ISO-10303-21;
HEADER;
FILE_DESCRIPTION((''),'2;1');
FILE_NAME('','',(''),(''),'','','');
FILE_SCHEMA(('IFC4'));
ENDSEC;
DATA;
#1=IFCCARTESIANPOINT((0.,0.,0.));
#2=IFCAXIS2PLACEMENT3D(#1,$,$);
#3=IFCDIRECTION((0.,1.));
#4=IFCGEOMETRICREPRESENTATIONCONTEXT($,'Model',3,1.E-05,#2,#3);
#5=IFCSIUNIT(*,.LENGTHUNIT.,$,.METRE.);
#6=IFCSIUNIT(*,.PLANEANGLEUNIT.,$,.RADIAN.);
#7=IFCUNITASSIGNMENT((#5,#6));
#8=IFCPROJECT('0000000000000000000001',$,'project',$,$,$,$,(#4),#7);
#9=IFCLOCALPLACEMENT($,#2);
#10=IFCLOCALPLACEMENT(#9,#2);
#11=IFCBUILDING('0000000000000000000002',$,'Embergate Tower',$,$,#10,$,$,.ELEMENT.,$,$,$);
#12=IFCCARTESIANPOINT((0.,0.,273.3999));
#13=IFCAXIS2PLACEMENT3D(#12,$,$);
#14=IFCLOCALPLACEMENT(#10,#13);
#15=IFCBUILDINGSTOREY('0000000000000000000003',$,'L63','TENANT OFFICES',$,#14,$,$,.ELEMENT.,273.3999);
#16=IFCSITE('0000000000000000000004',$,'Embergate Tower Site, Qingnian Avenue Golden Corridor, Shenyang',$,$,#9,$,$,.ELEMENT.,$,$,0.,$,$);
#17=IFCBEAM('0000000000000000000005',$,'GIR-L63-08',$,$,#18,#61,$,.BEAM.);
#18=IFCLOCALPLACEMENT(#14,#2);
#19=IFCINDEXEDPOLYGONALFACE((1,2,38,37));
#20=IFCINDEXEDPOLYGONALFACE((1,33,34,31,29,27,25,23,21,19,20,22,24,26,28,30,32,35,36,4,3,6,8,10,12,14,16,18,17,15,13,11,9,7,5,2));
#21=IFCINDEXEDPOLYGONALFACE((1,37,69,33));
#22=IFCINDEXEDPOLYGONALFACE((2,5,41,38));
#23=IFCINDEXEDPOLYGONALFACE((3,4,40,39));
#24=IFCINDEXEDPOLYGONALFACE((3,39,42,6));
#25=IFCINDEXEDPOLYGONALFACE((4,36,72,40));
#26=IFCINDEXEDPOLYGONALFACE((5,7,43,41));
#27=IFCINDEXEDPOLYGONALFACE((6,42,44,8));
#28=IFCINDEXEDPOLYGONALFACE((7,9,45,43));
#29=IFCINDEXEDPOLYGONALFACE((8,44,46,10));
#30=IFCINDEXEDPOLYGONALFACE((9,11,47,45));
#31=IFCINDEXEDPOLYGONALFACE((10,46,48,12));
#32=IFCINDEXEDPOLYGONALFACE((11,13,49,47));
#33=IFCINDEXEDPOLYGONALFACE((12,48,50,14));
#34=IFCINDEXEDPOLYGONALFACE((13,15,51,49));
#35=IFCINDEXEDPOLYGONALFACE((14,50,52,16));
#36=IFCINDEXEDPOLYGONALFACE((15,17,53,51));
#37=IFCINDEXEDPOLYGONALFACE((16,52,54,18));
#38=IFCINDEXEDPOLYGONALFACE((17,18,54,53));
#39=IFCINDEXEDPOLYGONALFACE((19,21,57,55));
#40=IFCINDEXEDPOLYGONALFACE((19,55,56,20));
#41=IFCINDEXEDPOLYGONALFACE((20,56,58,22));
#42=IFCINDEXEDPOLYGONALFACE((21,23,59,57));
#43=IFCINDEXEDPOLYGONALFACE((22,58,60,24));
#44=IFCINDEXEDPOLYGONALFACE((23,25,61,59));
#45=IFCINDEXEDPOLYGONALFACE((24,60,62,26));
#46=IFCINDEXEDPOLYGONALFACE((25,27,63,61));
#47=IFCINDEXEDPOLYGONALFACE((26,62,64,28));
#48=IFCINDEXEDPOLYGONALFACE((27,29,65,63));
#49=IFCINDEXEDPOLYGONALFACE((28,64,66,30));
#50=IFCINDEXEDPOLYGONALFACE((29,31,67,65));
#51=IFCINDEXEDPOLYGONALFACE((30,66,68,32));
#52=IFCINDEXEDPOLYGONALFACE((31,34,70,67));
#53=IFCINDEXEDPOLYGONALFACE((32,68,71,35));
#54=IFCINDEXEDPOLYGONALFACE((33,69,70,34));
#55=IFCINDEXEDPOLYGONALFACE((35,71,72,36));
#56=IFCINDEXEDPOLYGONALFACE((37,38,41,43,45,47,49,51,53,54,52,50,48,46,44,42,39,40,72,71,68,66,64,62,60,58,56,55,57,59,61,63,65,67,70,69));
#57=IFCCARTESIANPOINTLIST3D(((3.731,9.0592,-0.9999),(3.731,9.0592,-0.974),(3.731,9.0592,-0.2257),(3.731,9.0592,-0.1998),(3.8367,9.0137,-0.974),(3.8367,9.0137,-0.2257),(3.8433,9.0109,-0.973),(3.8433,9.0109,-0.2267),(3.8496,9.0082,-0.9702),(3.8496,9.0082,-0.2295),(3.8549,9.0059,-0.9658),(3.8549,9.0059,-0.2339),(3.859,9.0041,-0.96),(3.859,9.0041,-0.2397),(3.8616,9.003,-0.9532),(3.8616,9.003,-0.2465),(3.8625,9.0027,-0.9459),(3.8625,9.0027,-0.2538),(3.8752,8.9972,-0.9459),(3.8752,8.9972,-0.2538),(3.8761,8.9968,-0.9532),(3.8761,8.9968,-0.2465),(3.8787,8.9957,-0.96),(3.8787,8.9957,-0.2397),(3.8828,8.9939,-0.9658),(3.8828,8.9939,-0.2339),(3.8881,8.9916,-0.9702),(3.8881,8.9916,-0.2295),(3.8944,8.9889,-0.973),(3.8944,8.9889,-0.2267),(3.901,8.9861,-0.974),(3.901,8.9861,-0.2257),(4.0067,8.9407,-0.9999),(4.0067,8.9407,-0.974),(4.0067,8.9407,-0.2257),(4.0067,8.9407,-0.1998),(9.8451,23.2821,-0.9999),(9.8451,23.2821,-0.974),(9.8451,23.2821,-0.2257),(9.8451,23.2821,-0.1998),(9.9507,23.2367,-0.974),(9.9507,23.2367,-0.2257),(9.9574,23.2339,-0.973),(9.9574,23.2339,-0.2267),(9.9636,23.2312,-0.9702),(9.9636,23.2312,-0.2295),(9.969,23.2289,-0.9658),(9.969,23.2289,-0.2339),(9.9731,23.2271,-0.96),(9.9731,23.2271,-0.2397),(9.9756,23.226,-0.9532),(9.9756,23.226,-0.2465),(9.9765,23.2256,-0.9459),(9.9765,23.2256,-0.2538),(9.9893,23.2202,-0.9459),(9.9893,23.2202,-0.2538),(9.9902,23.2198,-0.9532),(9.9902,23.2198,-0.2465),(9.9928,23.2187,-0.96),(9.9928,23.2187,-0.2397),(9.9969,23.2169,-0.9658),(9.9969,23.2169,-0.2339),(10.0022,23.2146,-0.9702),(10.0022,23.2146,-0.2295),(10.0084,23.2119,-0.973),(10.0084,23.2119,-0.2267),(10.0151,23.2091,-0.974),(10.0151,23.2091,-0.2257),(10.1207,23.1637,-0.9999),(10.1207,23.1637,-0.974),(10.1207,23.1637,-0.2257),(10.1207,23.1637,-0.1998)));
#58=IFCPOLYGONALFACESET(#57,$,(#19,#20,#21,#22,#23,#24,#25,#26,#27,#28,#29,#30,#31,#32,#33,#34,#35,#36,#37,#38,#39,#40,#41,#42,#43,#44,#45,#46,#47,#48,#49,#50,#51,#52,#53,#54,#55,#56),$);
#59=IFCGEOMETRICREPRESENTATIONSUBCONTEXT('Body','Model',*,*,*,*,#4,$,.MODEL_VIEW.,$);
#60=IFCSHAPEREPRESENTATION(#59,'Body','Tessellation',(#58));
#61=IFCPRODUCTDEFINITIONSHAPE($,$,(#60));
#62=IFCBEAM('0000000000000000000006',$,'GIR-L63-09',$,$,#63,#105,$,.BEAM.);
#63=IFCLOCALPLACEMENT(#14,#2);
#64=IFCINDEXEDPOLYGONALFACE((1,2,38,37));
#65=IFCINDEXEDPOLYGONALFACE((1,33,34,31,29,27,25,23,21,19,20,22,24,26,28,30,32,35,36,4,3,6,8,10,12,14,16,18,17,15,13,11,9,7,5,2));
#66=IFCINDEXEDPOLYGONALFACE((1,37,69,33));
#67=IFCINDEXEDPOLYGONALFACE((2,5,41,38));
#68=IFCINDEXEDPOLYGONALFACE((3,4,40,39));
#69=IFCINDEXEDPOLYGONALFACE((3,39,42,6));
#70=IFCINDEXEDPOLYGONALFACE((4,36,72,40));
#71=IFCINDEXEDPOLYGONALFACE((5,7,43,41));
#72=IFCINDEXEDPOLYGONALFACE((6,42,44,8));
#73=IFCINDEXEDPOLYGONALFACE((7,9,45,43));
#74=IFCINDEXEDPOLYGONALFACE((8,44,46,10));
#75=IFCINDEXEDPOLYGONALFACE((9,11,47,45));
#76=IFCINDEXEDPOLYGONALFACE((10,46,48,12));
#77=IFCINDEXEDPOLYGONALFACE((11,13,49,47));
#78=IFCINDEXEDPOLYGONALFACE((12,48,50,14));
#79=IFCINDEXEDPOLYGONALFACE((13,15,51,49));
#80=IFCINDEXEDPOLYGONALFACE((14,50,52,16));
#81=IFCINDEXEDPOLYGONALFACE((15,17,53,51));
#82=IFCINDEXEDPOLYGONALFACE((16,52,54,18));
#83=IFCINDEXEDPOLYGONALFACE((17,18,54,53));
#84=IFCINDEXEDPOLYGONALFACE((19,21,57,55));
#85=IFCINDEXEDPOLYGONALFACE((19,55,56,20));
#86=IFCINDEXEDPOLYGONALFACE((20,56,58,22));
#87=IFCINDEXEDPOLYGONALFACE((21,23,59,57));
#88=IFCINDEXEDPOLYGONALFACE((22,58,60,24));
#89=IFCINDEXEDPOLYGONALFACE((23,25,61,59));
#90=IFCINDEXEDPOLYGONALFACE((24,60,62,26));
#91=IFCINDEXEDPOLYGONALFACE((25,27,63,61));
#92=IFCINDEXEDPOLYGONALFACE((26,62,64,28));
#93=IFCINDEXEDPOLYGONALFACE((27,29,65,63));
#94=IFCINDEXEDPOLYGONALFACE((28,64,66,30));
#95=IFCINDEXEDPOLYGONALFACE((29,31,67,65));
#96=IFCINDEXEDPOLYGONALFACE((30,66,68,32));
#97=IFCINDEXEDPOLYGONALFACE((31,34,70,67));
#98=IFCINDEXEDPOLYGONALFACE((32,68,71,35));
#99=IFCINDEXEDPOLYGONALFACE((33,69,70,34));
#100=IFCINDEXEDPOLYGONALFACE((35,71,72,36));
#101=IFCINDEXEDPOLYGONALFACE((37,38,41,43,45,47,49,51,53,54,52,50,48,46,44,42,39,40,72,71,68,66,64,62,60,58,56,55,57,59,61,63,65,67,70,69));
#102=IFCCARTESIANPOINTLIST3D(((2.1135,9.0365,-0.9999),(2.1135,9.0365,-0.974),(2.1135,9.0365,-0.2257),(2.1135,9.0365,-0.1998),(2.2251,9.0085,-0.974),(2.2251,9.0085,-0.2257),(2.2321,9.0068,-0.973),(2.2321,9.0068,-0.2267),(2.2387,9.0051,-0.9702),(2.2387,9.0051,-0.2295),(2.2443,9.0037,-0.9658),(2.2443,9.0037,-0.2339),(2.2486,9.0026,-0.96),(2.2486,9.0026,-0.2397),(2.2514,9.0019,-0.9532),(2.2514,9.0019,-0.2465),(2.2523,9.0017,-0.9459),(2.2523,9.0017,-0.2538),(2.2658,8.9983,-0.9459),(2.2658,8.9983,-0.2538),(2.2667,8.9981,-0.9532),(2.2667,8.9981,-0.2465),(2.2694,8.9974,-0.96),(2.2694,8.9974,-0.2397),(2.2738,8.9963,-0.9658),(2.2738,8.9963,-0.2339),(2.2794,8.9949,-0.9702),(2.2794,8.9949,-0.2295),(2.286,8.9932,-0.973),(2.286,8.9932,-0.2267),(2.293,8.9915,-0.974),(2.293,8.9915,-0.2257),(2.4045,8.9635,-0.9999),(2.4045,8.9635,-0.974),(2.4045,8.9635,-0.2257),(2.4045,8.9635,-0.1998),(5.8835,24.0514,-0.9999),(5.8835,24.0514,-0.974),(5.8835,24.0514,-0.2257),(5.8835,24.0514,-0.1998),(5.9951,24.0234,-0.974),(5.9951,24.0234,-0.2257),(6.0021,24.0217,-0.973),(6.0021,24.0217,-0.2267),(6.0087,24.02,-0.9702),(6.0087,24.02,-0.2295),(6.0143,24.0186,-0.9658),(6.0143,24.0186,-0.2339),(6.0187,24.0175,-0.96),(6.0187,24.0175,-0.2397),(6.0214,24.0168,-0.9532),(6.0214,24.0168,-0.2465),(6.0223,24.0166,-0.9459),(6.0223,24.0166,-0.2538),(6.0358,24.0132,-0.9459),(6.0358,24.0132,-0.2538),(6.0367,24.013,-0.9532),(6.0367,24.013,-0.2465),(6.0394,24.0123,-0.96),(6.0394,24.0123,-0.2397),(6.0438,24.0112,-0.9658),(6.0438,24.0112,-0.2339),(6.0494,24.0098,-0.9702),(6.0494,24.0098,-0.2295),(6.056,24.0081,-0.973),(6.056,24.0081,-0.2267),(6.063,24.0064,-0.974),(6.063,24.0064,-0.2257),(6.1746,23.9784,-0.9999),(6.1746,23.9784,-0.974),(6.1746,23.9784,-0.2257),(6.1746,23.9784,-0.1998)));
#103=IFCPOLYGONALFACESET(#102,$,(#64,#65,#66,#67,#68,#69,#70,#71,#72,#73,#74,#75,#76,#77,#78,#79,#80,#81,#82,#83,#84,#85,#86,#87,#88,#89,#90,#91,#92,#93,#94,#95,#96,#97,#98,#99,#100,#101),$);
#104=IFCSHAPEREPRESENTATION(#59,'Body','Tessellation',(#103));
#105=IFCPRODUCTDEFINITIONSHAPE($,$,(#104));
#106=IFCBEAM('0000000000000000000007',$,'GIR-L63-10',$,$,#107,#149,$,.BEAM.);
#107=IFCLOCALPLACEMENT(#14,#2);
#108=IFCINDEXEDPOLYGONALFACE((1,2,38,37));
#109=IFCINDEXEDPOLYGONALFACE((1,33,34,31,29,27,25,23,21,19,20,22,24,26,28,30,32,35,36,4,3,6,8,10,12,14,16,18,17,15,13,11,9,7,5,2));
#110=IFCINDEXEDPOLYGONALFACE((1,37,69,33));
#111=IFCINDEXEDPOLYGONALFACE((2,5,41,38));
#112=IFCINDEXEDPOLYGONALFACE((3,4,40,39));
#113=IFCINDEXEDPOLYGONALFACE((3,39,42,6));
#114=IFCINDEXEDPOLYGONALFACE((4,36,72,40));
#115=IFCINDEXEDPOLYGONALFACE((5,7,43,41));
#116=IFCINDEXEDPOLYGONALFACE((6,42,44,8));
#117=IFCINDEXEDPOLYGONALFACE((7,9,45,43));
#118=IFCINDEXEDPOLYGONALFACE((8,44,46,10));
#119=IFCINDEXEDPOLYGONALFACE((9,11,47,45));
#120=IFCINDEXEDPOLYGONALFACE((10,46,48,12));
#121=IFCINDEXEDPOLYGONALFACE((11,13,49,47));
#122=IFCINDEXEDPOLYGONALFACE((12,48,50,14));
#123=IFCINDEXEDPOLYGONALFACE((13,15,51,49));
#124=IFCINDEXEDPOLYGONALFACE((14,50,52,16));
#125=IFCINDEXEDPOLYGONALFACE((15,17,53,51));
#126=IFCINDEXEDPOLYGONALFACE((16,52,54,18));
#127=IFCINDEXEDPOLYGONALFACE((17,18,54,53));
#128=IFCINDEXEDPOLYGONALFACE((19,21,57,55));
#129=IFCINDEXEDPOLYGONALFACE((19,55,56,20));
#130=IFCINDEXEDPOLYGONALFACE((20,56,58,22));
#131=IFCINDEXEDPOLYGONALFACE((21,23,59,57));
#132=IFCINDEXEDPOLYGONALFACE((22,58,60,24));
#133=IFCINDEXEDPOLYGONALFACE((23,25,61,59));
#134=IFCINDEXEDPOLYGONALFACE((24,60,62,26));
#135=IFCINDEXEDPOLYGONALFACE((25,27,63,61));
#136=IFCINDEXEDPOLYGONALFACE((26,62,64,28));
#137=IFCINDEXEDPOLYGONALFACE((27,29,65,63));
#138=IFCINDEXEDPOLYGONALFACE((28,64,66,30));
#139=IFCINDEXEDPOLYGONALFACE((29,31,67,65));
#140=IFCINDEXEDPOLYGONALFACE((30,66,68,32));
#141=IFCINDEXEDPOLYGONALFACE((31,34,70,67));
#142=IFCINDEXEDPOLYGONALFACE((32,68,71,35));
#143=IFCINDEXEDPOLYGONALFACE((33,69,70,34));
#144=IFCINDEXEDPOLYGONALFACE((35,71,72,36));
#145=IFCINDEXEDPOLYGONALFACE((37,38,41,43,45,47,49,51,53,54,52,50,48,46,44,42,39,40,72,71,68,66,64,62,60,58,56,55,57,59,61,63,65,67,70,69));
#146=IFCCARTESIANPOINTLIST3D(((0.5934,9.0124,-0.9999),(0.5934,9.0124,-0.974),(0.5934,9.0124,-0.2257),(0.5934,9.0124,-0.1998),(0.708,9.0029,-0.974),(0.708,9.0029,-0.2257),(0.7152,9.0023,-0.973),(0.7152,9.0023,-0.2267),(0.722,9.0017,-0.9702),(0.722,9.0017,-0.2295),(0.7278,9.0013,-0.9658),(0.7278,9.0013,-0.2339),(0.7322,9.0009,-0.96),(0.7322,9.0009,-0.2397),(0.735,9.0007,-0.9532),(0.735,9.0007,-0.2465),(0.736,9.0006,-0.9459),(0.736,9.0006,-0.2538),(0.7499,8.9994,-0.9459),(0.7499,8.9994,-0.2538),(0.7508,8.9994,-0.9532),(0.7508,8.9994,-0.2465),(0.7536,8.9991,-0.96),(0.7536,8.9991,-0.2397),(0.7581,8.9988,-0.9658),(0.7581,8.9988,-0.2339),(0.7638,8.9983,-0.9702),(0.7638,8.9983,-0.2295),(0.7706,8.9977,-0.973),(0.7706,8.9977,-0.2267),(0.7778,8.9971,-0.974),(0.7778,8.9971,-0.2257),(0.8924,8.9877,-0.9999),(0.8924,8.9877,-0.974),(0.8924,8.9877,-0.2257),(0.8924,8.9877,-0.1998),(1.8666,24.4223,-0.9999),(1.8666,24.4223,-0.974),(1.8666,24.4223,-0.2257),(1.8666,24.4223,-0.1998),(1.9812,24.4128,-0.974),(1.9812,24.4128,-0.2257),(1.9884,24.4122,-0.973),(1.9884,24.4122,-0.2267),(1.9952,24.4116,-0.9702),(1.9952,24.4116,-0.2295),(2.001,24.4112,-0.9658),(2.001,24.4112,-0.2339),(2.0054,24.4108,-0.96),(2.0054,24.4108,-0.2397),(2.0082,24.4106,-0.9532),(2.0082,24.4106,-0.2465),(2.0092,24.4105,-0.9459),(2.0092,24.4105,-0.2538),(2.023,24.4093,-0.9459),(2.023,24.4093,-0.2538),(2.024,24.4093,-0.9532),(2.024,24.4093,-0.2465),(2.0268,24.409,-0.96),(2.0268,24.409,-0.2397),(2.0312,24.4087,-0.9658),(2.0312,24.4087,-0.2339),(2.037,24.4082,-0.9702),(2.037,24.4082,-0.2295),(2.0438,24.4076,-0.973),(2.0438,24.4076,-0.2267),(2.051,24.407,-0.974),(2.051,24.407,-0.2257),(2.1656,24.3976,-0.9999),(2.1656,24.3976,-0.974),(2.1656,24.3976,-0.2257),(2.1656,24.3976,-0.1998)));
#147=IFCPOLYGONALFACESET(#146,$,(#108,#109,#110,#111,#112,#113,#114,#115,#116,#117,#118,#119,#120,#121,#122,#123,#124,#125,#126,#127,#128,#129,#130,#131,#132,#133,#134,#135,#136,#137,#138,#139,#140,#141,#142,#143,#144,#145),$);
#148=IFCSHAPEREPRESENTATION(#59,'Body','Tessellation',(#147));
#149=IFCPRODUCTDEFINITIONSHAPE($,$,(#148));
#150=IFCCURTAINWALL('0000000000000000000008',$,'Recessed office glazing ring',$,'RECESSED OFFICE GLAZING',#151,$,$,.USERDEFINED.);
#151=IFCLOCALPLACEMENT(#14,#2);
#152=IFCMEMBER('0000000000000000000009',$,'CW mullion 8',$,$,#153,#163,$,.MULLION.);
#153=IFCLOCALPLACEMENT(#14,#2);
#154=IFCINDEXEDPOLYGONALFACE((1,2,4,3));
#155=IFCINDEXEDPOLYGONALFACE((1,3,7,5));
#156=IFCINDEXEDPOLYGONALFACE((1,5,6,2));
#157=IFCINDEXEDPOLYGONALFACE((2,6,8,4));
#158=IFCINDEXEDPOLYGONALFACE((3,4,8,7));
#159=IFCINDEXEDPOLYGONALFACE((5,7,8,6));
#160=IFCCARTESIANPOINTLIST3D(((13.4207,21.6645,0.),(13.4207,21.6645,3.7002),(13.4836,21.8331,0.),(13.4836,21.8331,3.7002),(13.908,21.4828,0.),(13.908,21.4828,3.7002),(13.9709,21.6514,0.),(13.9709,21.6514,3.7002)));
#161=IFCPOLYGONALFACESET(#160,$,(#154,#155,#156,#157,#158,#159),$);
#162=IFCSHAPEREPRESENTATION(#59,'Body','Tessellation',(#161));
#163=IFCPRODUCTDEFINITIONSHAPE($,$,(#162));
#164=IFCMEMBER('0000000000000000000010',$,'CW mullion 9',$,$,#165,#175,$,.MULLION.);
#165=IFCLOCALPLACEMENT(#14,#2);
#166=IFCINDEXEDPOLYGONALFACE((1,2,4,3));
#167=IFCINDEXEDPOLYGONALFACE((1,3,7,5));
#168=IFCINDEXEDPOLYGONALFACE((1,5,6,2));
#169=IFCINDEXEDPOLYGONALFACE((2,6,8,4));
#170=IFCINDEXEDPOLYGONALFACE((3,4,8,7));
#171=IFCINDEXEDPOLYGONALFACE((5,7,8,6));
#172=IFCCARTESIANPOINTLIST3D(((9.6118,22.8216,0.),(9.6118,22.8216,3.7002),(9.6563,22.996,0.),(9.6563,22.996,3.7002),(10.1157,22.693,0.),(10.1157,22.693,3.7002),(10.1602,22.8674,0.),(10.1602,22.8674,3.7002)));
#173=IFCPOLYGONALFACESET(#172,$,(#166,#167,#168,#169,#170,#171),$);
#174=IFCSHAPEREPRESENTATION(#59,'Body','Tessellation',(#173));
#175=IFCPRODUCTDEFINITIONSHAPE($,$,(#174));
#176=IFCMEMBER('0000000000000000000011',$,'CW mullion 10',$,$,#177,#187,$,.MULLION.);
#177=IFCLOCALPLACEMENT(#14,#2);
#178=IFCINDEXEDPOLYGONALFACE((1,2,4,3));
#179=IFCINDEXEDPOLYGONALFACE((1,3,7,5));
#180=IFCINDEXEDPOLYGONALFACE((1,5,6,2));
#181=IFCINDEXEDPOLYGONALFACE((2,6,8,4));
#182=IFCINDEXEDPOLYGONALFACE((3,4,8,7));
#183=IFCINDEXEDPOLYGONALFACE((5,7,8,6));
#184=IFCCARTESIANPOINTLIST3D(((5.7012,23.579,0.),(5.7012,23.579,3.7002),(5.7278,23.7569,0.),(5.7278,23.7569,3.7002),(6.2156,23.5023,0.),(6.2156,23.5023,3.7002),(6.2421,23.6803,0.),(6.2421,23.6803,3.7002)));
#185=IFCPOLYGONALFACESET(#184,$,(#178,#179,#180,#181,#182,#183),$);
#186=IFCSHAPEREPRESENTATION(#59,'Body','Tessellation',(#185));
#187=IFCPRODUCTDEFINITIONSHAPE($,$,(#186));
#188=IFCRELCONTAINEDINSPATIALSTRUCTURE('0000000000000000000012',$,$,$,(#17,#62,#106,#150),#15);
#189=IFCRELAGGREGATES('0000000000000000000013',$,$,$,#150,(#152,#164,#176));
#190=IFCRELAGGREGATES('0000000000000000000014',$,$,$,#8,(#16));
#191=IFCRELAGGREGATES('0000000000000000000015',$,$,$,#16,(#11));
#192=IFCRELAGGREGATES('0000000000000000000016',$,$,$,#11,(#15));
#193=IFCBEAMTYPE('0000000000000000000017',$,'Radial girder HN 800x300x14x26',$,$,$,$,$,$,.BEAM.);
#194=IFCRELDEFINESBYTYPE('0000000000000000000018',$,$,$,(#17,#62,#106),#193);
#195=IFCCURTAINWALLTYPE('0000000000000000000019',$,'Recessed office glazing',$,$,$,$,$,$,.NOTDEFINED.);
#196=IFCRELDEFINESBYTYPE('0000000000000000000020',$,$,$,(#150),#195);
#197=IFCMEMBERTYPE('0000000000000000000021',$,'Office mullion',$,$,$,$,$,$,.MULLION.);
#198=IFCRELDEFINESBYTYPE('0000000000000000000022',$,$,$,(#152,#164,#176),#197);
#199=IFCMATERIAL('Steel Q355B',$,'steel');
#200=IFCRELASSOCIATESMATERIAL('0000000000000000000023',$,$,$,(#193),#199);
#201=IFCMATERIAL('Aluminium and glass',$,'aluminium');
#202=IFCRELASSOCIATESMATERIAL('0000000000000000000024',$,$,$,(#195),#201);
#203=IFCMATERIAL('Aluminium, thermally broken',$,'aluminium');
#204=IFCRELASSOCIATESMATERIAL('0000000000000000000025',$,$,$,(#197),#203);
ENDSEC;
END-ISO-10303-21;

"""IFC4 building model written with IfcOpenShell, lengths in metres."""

from ifc_helpers import new_model, si_unit, direction, frame, origin, origin_2d, place, context, subcontext, project, spatial, rectangle, i_section, extrude, source, transform, mapped, material, material_profile, profile_set, type_object, element, aggregate, save


model = new_model("IFC4")

# Units and contexts
model_context = context("Model", 3, precision=1e-05, world=origin(), true_north=direction((0.0, 1.0)))
body_context = subcontext(model_context, "Body", "Model", "MODEL_VIEW")
ifc_project = project(units=[si_unit("LENGTHUNIT", "METRE"), si_unit("PLANEANGLEUNIT", "RADIAN")], contexts=[model_context])

# Site, building, storey
site_placement = place(None, origin())
site = spatial("IfcSite", under=ifc_project, at=site_placement, Name="Embergate Tower Site, Qingnian Avenue Golden Corridor, Shenyang", CompositionType="ELEMENT", RefElevation=0.0)
building_placement = place(site_placement, origin())
building = spatial("IfcBuilding", under=site, at=building_placement, Name="Embergate Tower", CompositionType="ELEMENT")
storey_placement = place(building_placement, frame((0.0, 0.0, 273.3999)))
storey = spatial("IfcBuildingStorey", under=building, at=storey_placement, Name="L63", Description="TENANT OFFICES", CompositionType="ELEMENT", Elevation=273.3999)

# Beams
ifc_material_1 = material(Name="Steel Q355B", Category="steel")
ifc_material_profile_1 = material_profile(ifc_material_1, i_section(OverallWidth=0.3, OverallDepth=0.8, WebThickness=0.0139, FlangeThickness=0.0259, FilletRadius=0.0281, at=origin_2d()), Name="HN 800x300x14x26")
ifc_profile_set_1 = profile_set([ifc_material_profile_1], Name="Steel Q355 grade B")
beam_type_1 = type_object("IfcBeamType", Name="Radial girder HN 800x300x14x26", PredefinedType="BEAM", material=ifc_profile_set_1)
shared_shape_1 = source(origin(), body_context, "Body", "SweptSolid", [
    extrude(i_section(OverallWidth=0.3, OverallDepth=0.8, WebThickness=0.0139, FlangeThickness=0.0259, FilletRadius=0.0281, at=origin_2d()), origin(), (0.0, 0.0, 1.0), 15.4814),
])
beam_1_placement = place(storey_placement, frame((9.9829, 23.2229, -0.5999), z_axis=(-0.394928, -0.918712, 0.0), x_axis=(0.918712, -0.394928, 0.0)))
element("IfcBeam", 1, at=beam_1_placement, inside=storey, type_object=beam_type_1, Name="GIR-L63-08", PredefinedType="BEAM", context=body_context, shape_type="MappedRepresentation", body=[
    mapped(shared_shape_1, transform((0.0, 0.0, 0.0))),
])
shared_shape_2 = source(origin(), body_context, "Body", "SweptSolid", [
    extrude(i_section(OverallWidth=0.3, OverallDepth=0.8, WebThickness=0.0139, FlangeThickness=0.0259, FilletRadius=0.0281, at=origin_2d()), origin(), (0.0, 0.0, 1.0), 15.481),
])
beam_2_placement = place(storey_placement, frame((6.0291, 24.0149, -0.5999), z_axis=(-0.243526, -0.969894, 0.0), x_axis=(0.969894, -0.243526, 0.0)))
element("IfcBeam", 2, at=beam_2_placement, inside=storey, type_object=beam_type_1, Name="GIR-L63-09", PredefinedType="BEAM", context=body_context, shape_type="MappedRepresentation", body=[
    mapped(shared_shape_2, transform((0.0, 0.0, 0.0))),
])
shared_shape_3 = source(origin(), body_context, "Body", "SweptSolid", [
    extrude(i_section(OverallWidth=0.3, OverallDepth=0.8, WebThickness=0.0139, FlangeThickness=0.0259, FilletRadius=0.0281, at=origin_2d()), origin(), (0.0, 0.0, 1.0), 15.4624),
])
beam_3_placement = place(storey_placement, frame((2.0161, 24.4099, -0.5999), z_axis=(-0.082341, -0.996604, 0.0), x_axis=(0.996604, -0.082341, 0.0)))
element("IfcBeam", 3, at=beam_3_placement, inside=storey, type_object=beam_type_1, Name="GIR-L63-10", PredefinedType="BEAM", context=body_context, shape_type="MappedRepresentation", body=[
    mapped(shared_shape_3, transform((0.0, 0.0, 0.0))),
])

# Curtain wall, members
ifc_material_2 = material(Name="Aluminium and glass", Category="aluminium")
curtain_wall_type = type_object("IfcCurtainWallType", Name="Recessed office glazing", PredefinedType="NOTDEFINED", material=ifc_material_2)
curtain_wall_placement = place(storey_placement, origin())
curtain_wall = element("IfcCurtainWall", 4, at=curtain_wall_placement, inside=storey, type_object=curtain_wall_type, Name="Recessed office glazing ring", ObjectType="RECESSED OFFICE GLAZING", PredefinedType="USERDEFINED")
ifc_material_3 = material(Name="Aluminium, thermally broken", Category="aluminium")
ifc_material_profile_2 = material_profile(ifc_material_3, rectangle(XDim=0.1799, YDim=0.52, at=origin_2d()), Name="AL 520x180")
ifc_profile_set_2 = profile_set([ifc_material_profile_2], Name="Aluminium, thermally broken")
member_type_1 = type_object("IfcMemberType", Name="Office mullion", PredefinedType="MULLION", material=ifc_profile_set_2)
shared_shape_4 = source(origin(), body_context, "Body", "SweptSolid", [
    extrude(rectangle(XDim=0.1799, YDim=0.52, at=origin_2d()), origin(), (0.0, 0.0, 1.0), 3.7002),
])
member_1_placement = place(storey_placement, frame((13.6958, 21.658, 0.0), z_axis=(0.0, 0.0, 1.0), x_axis=(-0.349496, -0.936938, 0.0)))
member_1 = element("IfcMember", 5, at=member_1_placement, type_object=member_type_1, Name="CW mullion 8", PredefinedType="MULLION", context=body_context, shape_type="MappedRepresentation", body=[
    mapped(shared_shape_4, transform((0.0, 0.0, 0.0))),
])
member_2_placement = place(storey_placement, frame((9.886, 22.8445, 0.0), z_axis=(0.0, 0.0, 1.0), x_axis=(-0.247307, -0.968937, 0.0)))
member_2 = element("IfcMember", 6, at=member_2_placement, type_object=member_type_1, Name="CW mullion 9", PredefinedType="MULLION", context=body_context, shape_type="MappedRepresentation", body=[
    mapped(shared_shape_4, transform((0.0, 0.0, 0.0))),
])
member_3_placement = place(storey_placement, frame((5.9717, 23.6296, 0.0), z_axis=(0.0, 0.0, 1.0), x_axis=(-0.147409, -0.989076, 0.0)))
member_3 = element("IfcMember", 7, at=member_3_placement, type_object=member_type_1, Name="CW mullion 10", PredefinedType="MULLION", context=body_context, shape_type="MappedRepresentation", body=[
    mapped(shared_shape_4, transform((0.0, 0.0, 0.0))),
])
aggregate(curtain_wall, [member_1, member_2, member_3])

save(model, "model.ifc")
